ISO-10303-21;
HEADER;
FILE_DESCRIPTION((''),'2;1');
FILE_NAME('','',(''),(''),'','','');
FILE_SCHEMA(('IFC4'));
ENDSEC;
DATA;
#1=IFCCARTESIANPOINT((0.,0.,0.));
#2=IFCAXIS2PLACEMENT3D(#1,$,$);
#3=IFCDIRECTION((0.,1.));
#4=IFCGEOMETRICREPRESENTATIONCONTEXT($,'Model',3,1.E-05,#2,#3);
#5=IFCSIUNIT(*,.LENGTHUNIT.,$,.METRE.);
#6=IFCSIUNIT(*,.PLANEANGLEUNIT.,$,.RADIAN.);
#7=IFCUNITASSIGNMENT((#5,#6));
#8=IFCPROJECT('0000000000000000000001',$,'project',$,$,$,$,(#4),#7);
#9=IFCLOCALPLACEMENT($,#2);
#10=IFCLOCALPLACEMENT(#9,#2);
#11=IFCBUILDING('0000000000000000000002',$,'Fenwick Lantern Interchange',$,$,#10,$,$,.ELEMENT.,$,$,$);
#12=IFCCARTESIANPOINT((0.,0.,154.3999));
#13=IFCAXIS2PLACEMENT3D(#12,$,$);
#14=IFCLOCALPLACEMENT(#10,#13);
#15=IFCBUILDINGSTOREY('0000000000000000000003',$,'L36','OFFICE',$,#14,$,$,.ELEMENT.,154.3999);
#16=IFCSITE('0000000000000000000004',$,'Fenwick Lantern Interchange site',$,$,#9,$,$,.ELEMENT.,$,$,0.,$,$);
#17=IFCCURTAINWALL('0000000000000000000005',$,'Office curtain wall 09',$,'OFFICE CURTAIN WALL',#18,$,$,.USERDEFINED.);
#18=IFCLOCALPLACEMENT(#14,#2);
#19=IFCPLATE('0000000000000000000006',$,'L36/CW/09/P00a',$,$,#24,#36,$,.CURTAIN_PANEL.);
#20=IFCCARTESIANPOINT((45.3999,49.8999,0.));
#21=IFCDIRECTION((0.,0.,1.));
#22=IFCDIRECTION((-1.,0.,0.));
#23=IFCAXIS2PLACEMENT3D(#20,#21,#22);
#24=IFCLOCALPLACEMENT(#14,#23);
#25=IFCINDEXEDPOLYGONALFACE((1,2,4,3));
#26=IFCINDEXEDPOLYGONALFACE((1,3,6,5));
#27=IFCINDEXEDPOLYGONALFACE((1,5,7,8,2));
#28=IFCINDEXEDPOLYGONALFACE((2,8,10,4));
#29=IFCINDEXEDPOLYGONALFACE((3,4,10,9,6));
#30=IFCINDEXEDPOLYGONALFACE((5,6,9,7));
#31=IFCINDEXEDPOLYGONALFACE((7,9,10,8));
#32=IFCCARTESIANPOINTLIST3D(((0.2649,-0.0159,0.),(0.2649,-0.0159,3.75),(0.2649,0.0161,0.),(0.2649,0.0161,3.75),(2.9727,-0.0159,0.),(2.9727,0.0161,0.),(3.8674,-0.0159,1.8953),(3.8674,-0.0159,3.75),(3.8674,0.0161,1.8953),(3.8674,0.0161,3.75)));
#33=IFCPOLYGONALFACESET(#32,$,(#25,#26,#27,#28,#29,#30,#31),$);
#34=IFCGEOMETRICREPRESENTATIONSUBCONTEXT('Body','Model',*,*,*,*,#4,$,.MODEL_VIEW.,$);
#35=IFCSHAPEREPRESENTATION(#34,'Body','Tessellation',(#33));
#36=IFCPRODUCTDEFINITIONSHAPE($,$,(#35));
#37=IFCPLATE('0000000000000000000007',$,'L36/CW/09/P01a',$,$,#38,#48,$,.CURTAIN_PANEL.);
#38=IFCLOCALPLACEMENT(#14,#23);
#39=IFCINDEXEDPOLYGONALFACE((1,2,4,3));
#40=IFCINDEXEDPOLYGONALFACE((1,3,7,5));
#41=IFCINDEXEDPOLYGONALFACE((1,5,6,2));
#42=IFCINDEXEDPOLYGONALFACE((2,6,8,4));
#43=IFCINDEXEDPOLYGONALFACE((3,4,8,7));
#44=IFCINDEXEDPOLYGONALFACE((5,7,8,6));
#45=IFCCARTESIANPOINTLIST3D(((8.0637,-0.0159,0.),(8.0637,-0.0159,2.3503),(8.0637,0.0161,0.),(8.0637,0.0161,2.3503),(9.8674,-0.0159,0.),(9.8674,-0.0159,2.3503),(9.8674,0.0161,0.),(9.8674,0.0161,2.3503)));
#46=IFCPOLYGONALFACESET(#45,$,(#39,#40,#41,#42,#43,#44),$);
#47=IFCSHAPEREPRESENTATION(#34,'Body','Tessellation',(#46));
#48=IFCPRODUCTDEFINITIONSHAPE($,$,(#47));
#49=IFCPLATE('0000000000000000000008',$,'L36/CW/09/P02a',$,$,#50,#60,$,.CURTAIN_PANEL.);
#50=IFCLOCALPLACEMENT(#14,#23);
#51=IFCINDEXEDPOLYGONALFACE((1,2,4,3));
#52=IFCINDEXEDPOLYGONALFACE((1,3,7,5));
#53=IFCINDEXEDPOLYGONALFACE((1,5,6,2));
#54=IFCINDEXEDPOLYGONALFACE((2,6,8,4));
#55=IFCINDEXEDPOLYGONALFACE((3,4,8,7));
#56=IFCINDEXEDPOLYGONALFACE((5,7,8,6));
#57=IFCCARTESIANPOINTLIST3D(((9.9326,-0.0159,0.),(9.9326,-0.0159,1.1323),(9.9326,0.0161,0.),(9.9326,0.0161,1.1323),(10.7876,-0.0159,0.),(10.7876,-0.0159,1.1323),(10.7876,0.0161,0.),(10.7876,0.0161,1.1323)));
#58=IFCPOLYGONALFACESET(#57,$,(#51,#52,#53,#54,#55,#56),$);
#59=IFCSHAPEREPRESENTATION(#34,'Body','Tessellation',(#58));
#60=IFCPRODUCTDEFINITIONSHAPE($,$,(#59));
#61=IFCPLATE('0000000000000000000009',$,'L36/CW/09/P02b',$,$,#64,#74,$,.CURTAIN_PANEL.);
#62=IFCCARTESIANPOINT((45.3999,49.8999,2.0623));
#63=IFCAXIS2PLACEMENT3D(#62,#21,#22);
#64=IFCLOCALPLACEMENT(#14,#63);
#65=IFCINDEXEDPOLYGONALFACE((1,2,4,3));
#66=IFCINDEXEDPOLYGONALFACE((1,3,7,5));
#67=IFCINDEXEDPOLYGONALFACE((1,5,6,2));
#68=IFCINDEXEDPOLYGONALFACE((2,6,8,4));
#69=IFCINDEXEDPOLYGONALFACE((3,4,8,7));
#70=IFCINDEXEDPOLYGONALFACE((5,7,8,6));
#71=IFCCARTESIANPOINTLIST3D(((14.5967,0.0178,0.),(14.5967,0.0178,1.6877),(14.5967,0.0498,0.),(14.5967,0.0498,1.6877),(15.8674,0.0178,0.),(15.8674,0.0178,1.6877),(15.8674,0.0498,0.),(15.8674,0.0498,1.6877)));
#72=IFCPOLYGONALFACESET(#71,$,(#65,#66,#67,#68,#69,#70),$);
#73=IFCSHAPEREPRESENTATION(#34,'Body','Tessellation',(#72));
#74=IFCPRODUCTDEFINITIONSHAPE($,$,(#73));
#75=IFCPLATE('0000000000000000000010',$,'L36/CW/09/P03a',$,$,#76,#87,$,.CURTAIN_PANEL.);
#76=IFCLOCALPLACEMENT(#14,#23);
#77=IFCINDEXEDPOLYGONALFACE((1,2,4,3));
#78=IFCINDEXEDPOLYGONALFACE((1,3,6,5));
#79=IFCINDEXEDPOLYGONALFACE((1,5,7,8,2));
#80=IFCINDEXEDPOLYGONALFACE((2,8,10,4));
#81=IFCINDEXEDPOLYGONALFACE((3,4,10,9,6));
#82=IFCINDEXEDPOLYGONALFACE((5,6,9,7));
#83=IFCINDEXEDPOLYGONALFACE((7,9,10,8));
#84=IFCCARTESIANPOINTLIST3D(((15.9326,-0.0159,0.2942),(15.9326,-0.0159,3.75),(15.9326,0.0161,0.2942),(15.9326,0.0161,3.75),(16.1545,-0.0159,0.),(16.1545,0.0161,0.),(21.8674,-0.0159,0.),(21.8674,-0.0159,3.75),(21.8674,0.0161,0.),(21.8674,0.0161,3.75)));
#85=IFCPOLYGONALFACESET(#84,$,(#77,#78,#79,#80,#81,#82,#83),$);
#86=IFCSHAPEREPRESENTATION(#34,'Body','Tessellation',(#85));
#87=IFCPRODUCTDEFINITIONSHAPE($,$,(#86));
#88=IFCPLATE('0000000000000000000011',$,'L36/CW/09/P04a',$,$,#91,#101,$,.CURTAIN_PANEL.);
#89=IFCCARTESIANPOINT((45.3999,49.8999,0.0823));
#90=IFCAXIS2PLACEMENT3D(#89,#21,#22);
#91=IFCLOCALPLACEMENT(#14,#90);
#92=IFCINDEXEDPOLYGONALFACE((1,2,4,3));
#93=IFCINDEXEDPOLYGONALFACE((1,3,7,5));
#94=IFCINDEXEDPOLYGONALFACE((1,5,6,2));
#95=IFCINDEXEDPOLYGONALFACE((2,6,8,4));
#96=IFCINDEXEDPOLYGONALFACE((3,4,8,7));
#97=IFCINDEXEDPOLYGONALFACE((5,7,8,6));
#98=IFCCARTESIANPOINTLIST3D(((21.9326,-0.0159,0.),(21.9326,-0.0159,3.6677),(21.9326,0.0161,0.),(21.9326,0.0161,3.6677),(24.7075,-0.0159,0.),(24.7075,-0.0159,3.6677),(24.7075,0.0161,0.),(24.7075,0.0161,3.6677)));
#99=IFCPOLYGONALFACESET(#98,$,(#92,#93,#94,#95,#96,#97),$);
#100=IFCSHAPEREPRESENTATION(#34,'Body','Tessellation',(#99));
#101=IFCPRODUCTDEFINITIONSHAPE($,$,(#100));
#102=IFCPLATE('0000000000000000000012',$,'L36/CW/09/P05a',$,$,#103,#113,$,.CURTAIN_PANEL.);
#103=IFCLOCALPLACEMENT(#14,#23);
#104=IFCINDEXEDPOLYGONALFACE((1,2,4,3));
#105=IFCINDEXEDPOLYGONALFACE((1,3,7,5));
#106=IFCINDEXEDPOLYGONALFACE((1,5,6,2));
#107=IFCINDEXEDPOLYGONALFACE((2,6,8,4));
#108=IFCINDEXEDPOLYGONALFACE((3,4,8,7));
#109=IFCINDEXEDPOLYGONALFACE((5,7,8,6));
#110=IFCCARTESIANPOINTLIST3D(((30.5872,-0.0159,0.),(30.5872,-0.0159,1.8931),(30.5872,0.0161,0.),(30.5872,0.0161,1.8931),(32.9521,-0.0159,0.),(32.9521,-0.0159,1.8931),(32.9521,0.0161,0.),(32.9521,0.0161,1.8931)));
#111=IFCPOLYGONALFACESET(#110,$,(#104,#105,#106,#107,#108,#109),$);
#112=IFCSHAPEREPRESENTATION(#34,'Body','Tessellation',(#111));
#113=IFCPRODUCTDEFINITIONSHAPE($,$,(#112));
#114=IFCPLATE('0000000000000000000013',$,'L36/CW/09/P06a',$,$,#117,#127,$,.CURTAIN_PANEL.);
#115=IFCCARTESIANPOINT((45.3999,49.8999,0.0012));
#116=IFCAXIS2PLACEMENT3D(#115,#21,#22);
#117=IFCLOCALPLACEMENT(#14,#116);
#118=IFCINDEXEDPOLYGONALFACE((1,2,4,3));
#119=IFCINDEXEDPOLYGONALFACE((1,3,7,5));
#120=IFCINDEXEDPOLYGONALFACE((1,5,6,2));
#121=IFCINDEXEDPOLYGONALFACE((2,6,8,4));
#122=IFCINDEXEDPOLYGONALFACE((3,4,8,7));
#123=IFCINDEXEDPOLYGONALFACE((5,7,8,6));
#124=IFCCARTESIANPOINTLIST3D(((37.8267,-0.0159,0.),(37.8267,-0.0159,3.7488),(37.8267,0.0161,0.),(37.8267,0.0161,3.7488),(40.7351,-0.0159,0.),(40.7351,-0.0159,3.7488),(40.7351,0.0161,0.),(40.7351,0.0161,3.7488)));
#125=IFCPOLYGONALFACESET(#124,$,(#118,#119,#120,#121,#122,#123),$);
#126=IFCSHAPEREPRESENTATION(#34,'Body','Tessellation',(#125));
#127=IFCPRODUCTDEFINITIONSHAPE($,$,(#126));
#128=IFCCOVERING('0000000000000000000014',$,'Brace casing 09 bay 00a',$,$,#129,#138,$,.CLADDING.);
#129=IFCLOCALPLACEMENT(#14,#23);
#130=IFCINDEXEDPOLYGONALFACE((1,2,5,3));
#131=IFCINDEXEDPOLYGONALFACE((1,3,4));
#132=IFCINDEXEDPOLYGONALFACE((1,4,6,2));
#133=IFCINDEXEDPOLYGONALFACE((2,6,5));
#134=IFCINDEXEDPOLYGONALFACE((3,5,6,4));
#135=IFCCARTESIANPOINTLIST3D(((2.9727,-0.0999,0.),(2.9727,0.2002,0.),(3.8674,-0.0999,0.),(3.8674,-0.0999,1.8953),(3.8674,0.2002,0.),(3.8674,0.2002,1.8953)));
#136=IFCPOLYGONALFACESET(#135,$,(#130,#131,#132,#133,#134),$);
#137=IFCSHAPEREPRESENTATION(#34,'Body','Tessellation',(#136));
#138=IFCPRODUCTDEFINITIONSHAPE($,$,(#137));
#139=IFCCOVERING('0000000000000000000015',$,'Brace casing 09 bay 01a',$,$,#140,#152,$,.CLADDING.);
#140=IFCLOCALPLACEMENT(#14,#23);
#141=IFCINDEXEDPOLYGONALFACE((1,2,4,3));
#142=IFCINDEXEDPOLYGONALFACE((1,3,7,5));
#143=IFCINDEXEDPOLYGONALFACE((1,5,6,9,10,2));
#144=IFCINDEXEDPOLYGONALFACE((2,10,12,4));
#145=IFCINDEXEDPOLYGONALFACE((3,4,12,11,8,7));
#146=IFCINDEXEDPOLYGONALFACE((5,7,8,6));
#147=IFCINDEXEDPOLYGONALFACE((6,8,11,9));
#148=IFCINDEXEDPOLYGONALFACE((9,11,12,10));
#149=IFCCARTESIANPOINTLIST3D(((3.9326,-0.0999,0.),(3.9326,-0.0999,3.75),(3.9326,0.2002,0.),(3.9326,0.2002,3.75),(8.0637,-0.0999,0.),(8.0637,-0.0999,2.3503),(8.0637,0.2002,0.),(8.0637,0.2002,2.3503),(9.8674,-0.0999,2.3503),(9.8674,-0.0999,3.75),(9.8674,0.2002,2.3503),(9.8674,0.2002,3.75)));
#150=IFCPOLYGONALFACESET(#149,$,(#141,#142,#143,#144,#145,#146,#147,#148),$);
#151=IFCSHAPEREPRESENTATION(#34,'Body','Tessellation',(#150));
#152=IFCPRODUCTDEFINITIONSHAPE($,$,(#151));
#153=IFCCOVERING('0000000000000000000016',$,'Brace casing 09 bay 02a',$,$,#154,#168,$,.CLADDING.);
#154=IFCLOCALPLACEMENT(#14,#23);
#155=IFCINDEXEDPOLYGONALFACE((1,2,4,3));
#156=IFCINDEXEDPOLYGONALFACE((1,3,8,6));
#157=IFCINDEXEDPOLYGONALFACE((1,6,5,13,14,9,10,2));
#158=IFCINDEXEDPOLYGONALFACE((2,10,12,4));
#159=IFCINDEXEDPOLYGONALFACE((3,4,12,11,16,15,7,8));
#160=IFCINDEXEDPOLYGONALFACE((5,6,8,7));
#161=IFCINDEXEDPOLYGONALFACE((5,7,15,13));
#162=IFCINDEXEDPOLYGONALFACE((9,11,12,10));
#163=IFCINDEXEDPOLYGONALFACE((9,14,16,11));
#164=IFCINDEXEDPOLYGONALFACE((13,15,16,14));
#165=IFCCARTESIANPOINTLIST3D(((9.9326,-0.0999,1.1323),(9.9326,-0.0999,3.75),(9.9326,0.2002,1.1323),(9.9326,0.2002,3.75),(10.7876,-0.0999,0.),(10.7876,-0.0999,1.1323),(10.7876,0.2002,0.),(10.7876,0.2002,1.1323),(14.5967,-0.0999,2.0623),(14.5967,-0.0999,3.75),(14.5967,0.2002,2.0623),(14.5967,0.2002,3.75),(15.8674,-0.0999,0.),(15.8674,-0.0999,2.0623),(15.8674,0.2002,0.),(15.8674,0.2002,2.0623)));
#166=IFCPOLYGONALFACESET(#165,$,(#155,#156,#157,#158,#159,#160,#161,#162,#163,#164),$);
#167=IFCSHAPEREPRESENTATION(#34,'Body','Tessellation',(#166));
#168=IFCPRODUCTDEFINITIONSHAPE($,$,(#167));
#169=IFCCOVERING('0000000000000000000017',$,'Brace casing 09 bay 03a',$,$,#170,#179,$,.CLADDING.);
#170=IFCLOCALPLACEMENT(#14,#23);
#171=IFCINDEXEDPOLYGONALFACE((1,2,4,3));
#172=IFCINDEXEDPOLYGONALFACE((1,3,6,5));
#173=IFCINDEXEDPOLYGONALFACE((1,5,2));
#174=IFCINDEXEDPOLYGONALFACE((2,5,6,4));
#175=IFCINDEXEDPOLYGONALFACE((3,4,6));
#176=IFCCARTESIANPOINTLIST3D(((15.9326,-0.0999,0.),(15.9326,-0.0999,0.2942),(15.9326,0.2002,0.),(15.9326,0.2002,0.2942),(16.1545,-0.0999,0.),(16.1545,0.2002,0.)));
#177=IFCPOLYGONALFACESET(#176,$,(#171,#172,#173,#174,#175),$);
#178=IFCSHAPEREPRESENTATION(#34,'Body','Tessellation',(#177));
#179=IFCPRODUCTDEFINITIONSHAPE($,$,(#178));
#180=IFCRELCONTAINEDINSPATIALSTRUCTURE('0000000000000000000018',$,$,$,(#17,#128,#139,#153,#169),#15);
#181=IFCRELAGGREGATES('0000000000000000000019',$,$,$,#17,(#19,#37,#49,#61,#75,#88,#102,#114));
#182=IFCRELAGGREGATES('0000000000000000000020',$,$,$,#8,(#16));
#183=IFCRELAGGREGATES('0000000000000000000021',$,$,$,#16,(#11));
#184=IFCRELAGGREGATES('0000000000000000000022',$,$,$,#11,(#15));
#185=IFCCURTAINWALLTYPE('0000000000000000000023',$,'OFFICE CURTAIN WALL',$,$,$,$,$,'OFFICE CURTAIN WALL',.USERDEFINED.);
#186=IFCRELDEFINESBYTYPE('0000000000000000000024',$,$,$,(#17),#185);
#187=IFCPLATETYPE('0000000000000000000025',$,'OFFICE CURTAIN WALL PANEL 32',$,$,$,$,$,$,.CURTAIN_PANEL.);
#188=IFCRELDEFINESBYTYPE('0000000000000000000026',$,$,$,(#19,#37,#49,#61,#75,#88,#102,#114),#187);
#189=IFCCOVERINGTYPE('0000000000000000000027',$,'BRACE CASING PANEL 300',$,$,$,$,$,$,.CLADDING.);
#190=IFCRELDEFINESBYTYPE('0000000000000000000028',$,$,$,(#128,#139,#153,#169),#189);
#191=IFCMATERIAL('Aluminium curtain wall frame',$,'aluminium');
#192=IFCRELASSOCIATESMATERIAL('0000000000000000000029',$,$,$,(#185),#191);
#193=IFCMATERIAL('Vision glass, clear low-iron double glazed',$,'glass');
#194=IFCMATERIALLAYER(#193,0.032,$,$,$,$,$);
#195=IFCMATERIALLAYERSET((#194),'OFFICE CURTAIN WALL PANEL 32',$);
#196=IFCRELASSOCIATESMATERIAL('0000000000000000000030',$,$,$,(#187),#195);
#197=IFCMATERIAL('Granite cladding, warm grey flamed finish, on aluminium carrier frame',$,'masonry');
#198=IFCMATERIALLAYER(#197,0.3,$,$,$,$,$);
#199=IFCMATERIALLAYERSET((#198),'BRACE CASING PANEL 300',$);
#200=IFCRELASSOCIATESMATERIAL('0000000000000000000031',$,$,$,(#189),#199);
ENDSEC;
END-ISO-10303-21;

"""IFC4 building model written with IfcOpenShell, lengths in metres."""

from ifc_helpers import new_model, si_unit, direction, frame, origin, place, context, subcontext, project, spatial, polyline, outline, extrude, material, layer, layer_set, type_object, element, aggregate, save


model = new_model("IFC4")

# Units and contexts
model_context = context("Model", 3, precision=1e-05, world=origin(), true_north=direction((0.0, 1.0)))
body_context = subcontext(model_context, "Body", "Model", "MODEL_VIEW")
ifc_project = project(units=[si_unit("LENGTHUNIT", "METRE"), si_unit("PLANEANGLEUNIT", "RADIAN")], contexts=[model_context])

# Site, building, storey
site_placement = place(None, origin())
site = spatial("IfcSite", under=ifc_project, at=site_placement, Name="Fenwick Lantern Interchange site", CompositionType="ELEMENT", RefElevation=0.0)
building_placement = place(site_placement, origin())
building = spatial("IfcBuilding", under=site, at=building_placement, Name="Fenwick Lantern Interchange", CompositionType="ELEMENT")
storey_placement = place(building_placement, frame((0.0, 0.0, 154.3999)))
storey = spatial("IfcBuildingStorey", under=building, at=storey_placement, Name="L36", Description="OFFICE", CompositionType="ELEMENT", Elevation=154.3999)

# Shared definitions
ifc_material_1 = material(Name="Aluminium curtain wall frame", Category="aluminium")
curtain_wall_type = type_object("IfcCurtainWallType", Name="OFFICE CURTAIN WALL", ElementType="OFFICE CURTAIN WALL", PredefinedType="USERDEFINED", material=ifc_material_1)

# Curtain wall
curtain_wall_1_placement = place(storey_placement, origin())
curtain_wall_1 = element("IfcCurtainWall", 1, at=curtain_wall_1_placement, inside=storey, type_object=curtain_wall_type, Name="Office curtain wall 09", ObjectType="OFFICE CURTAIN WALL", PredefinedType="USERDEFINED")

# Plates
ifc_material_2 = material(Name="Vision glass, clear low-iron double glazed", Category="glass")
ifc_layer_1 = layer(ifc_material_2, 0.032)
ifc_layer_set_1 = layer_set([ifc_layer_1], Name="OFFICE CURTAIN WALL PANEL 32")
plate_type = type_object("IfcPlateType", Name="OFFICE CURTAIN WALL PANEL 32", PredefinedType="CURTAIN_PANEL", material=ifc_layer_set_1)
plate_1_placement = place(storey_placement, frame((45.3999, 49.8999, 0.0), z_axis=(0.0, 0.0, 1.0), x_axis=(-1.0, 0.0, 0.0)))
plate_1 = element("IfcPlate", 2, at=plate_1_placement, type_object=plate_type, Name="L36/CW/09/P00a", PredefinedType="CURTAIN_PANEL", context=body_context, shape_type="SweptSolid", body=[
    extrude(outline(polyline([(0.2649, 0.0), (2.9727, 0.0), (3.8674, 1.8953), (3.8674, 3.75), (0.2649, 3.75), (0.2649, 0.0)])), frame((0.0, 0.0161, 0.0), z_axis=(0.0, -1.0, 0.0), x_axis=(1.0, 0.0, 0.0)), (0.0, 0.0, 1.0), 0.032),
])
plate_2_placement = place(storey_placement, frame((45.3999, 49.8999, 0.0), z_axis=(0.0, 0.0, 1.0), x_axis=(-1.0, 0.0, 0.0)))
plate_2 = element("IfcPlate", 3, at=plate_2_placement, type_object=plate_type, Name="L36/CW/09/P01a", PredefinedType="CURTAIN_PANEL", context=body_context, shape_type="SweptSolid", body=[
    extrude(outline(polyline([(8.0637, 0.0), (9.8674, 0.0), (9.8674, 2.3503), (8.0637, 2.3503), (8.0637, 0.0)])), frame((0.0, 0.0161, 0.0), z_axis=(0.0, -1.0, 0.0), x_axis=(1.0, 0.0, 0.0)), (0.0, 0.0, 1.0), 0.032),
])
plate_3_placement = place(storey_placement, frame((45.3999, 49.8999, 0.0), z_axis=(0.0, 0.0, 1.0), x_axis=(-1.0, 0.0, 0.0)))
plate_3 = element("IfcPlate", 4, at=plate_3_placement, type_object=plate_type, Name="L36/CW/09/P02a", PredefinedType="CURTAIN_PANEL", context=body_context, shape_type="SweptSolid", body=[
    extrude(outline(polyline([(9.9326, 0.0), (10.7876, 0.0), (10.7876, 1.1323), (9.9326, 1.1323), (9.9326, 0.0)])), frame((0.0, 0.0161, 0.0), z_axis=(0.0, -1.0, 0.0), x_axis=(1.0, 0.0, 0.0)), (0.0, 0.0, 1.0), 0.032),
])
plate_4_placement = place(storey_placement, frame((45.3999, 49.8999, 2.0623), z_axis=(0.0, 0.0, 1.0), x_axis=(-1.0, 0.0, 0.0)))
plate_4 = element("IfcPlate", 5, at=plate_4_placement, type_object=plate_type, Name="L36/CW/09/P02b", PredefinedType="CURTAIN_PANEL", context=body_context, shape_type="SweptSolid", body=[
    extrude(outline(polyline([(14.5967, 0.0), (15.8674, 0.0), (15.8674, 1.6877), (14.5967, 1.6877), (14.5967, 0.0)])), frame((0.0, 0.0498, 0.0), z_axis=(0.0, -1.0, 0.0), x_axis=(1.0, 0.0, 0.0)), (0.0, 0.0, 1.0), 0.032),
])
plate_5_placement = place(storey_placement, frame((45.3999, 49.8999, 0.0), z_axis=(0.0, 0.0, 1.0), x_axis=(-1.0, 0.0, 0.0)))
plate_5 = element("IfcPlate", 6, at=plate_5_placement, type_object=plate_type, Name="L36/CW/09/P03a", PredefinedType="CURTAIN_PANEL", context=body_context, shape_type="SweptSolid", body=[
    extrude(outline(polyline([(16.1545, 0.0), (21.8674, 0.0), (21.8674, 3.75), (15.9326, 3.75), (15.9326, 0.2942), (16.1545, 0.0)])), frame((0.0, 0.0161, 0.0), z_axis=(0.0, -1.0, 0.0), x_axis=(1.0, 0.0, 0.0)), (0.0, 0.0, 1.0), 0.032),
])
plate_6_placement = place(storey_placement, frame((45.3999, 49.8999, 0.0823), z_axis=(0.0, 0.0, 1.0), x_axis=(-1.0, 0.0, 0.0)))
plate_6 = element("IfcPlate", 7, at=plate_6_placement, type_object=plate_type, Name="L36/CW/09/P04a", PredefinedType="CURTAIN_PANEL", context=body_context, shape_type="SweptSolid", body=[
    extrude(outline(polyline([(21.9326, 0.0), (24.7075, 0.0), (24.7075, 3.6677), (21.9326, 3.6677), (21.9326, 0.0)])), frame((0.0, 0.0161, 0.0), z_axis=(0.0, -1.0, 0.0), x_axis=(1.0, 0.0, 0.0)), (0.0, 0.0, 1.0), 0.032),
])
plate_7_placement = place(storey_placement, frame((45.3999, 49.8999, 0.0), z_axis=(0.0, 0.0, 1.0), x_axis=(-1.0, 0.0, 0.0)))
plate_7 = element("IfcPlate", 8, at=plate_7_placement, type_object=plate_type, Name="L36/CW/09/P05a", PredefinedType="CURTAIN_PANEL", context=body_context, shape_type="SweptSolid", body=[
    extrude(outline(polyline([(30.5872, 0.0), (32.9521, 0.0), (32.9521, 1.8931), (30.5872, 1.8931), (30.5872, 0.0)])), frame((0.0, 0.0161, 0.0), z_axis=(0.0, -1.0, 0.0), x_axis=(1.0, 0.0, 0.0)), (0.0, 0.0, 1.0), 0.032),
])
plate_8_placement = place(storey_placement, frame((45.3999, 49.8999, 0.0012), z_axis=(0.0, 0.0, 1.0), x_axis=(-1.0, 0.0, 0.0)))
plate_8 = element("IfcPlate", 9, at=plate_8_placement, type_object=plate_type, Name="L36/CW/09/P06a", PredefinedType="CURTAIN_PANEL", context=body_context, shape_type="SweptSolid", body=[
    extrude(outline(polyline([(37.8267, 0.0), (40.7351, 0.0), (40.7351, 3.7488), (37.8267, 3.7488), (37.8267, 0.0)])), frame((0.0, 0.0161, 0.0), z_axis=(0.0, -1.0, 0.0), x_axis=(1.0, 0.0, 0.0)), (0.0, 0.0, 1.0), 0.032),
])
aggregate(curtain_wall_1, [plate_1, plate_2, plate_3, plate_4, plate_5, plate_6, plate_7, plate_8])

# Coverings
ifc_material_3 = material(Name="Granite cladding, warm grey flamed finish, on aluminium carrier frame", Category="masonry")
ifc_layer_2 = layer(ifc_material_3, 0.3)
ifc_layer_set_2 = layer_set([ifc_layer_2], Name="BRACE CASING PANEL 300")
covering_type = type_object("IfcCoveringType", Name="BRACE CASING PANEL 300", PredefinedType="CLADDING", material=ifc_layer_set_2)
covering_1_placement = place(storey_placement, frame((45.3999, 49.8999, 0.0), z_axis=(0.0, 0.0, 1.0), x_axis=(-1.0, 0.0, 0.0)))
element("IfcCovering", 10, at=covering_1_placement, inside=storey, type_object=covering_type, Name="Brace casing 09 bay 00a", PredefinedType="CLADDING", context=body_context, shape_type="SweptSolid", body=[
    extrude(outline(polyline([(2.9727, 0.0), (3.8674, 0.0), (3.8674, 1.8953), (2.9727, 0.0)])), frame((0.0, 0.2002, 0.0), z_axis=(0.0, -1.0, 0.0), x_axis=(1.0, 0.0, 0.0)), (0.0, 0.0, 1.0), 0.3),
])
covering_2_placement = place(storey_placement, frame((45.3999, 49.8999, 0.0), z_axis=(0.0, 0.0, 1.0), x_axis=(-1.0, 0.0, 0.0)))
element("IfcCovering", 11, at=covering_2_placement, inside=storey, type_object=covering_type, Name="Brace casing 09 bay 01a", PredefinedType="CLADDING", context=body_context, shape_type="SweptSolid", body=[
    extrude(outline(polyline([(3.9326, 0.0), (8.0637, 0.0), (8.0637, 2.3503), (9.8674, 2.3503), (9.8674, 3.75), (3.9326, 3.75), (3.9326, 0.0)])), frame((0.0, 0.2002, 0.0), z_axis=(0.0, -1.0, 0.0), x_axis=(1.0, 0.0, 0.0)), (0.0, 0.0, 1.0), 0.3),
])
covering_3_placement = place(storey_placement, frame((45.3999, 49.8999, 0.0), z_axis=(0.0, 0.0, 1.0), x_axis=(-1.0, 0.0, 0.0)))
element("IfcCovering", 12, at=covering_3_placement, inside=storey, type_object=covering_type, Name="Brace casing 09 bay 02a", PredefinedType="CLADDING", context=body_context, shape_type="SweptSolid", body=[
    extrude(outline(polyline([(10.7876, 0.0), (15.8674, 0.0), (15.8674, 2.0623), (14.5967, 2.0623), (14.5967, 3.75), (9.9326, 3.75), (9.9326, 1.1323), (10.7876, 1.1323), (10.7876, 0.0)])), frame((0.0, 0.2002, 0.0), z_axis=(0.0, -1.0, 0.0), x_axis=(1.0, 0.0, 0.0)), (0.0, 0.0, 1.0), 0.3),
])
covering_4_placement = place(storey_placement, frame((45.3999, 49.8999, 0.0), z_axis=(0.0, 0.0, 1.0), x_axis=(-1.0, 0.0, 0.0)))
element("IfcCovering", 13, at=covering_4_placement, inside=storey, type_object=covering_type, Name="Brace casing 09 bay 03a", PredefinedType="CLADDING", context=body_context, shape_type="SweptSolid", body=[
    extrude(outline(polyline([(15.9326, 0.0), (16.1545, 0.0), (15.9326, 0.2942), (15.9326, 0.0)])), frame((0.0, 0.2002, 0.0), z_axis=(0.0, -1.0, 0.0), x_axis=(1.0, 0.0, 0.0)), (0.0, 0.0, 1.0), 0.3),
])

save(model, "model.ifc")
